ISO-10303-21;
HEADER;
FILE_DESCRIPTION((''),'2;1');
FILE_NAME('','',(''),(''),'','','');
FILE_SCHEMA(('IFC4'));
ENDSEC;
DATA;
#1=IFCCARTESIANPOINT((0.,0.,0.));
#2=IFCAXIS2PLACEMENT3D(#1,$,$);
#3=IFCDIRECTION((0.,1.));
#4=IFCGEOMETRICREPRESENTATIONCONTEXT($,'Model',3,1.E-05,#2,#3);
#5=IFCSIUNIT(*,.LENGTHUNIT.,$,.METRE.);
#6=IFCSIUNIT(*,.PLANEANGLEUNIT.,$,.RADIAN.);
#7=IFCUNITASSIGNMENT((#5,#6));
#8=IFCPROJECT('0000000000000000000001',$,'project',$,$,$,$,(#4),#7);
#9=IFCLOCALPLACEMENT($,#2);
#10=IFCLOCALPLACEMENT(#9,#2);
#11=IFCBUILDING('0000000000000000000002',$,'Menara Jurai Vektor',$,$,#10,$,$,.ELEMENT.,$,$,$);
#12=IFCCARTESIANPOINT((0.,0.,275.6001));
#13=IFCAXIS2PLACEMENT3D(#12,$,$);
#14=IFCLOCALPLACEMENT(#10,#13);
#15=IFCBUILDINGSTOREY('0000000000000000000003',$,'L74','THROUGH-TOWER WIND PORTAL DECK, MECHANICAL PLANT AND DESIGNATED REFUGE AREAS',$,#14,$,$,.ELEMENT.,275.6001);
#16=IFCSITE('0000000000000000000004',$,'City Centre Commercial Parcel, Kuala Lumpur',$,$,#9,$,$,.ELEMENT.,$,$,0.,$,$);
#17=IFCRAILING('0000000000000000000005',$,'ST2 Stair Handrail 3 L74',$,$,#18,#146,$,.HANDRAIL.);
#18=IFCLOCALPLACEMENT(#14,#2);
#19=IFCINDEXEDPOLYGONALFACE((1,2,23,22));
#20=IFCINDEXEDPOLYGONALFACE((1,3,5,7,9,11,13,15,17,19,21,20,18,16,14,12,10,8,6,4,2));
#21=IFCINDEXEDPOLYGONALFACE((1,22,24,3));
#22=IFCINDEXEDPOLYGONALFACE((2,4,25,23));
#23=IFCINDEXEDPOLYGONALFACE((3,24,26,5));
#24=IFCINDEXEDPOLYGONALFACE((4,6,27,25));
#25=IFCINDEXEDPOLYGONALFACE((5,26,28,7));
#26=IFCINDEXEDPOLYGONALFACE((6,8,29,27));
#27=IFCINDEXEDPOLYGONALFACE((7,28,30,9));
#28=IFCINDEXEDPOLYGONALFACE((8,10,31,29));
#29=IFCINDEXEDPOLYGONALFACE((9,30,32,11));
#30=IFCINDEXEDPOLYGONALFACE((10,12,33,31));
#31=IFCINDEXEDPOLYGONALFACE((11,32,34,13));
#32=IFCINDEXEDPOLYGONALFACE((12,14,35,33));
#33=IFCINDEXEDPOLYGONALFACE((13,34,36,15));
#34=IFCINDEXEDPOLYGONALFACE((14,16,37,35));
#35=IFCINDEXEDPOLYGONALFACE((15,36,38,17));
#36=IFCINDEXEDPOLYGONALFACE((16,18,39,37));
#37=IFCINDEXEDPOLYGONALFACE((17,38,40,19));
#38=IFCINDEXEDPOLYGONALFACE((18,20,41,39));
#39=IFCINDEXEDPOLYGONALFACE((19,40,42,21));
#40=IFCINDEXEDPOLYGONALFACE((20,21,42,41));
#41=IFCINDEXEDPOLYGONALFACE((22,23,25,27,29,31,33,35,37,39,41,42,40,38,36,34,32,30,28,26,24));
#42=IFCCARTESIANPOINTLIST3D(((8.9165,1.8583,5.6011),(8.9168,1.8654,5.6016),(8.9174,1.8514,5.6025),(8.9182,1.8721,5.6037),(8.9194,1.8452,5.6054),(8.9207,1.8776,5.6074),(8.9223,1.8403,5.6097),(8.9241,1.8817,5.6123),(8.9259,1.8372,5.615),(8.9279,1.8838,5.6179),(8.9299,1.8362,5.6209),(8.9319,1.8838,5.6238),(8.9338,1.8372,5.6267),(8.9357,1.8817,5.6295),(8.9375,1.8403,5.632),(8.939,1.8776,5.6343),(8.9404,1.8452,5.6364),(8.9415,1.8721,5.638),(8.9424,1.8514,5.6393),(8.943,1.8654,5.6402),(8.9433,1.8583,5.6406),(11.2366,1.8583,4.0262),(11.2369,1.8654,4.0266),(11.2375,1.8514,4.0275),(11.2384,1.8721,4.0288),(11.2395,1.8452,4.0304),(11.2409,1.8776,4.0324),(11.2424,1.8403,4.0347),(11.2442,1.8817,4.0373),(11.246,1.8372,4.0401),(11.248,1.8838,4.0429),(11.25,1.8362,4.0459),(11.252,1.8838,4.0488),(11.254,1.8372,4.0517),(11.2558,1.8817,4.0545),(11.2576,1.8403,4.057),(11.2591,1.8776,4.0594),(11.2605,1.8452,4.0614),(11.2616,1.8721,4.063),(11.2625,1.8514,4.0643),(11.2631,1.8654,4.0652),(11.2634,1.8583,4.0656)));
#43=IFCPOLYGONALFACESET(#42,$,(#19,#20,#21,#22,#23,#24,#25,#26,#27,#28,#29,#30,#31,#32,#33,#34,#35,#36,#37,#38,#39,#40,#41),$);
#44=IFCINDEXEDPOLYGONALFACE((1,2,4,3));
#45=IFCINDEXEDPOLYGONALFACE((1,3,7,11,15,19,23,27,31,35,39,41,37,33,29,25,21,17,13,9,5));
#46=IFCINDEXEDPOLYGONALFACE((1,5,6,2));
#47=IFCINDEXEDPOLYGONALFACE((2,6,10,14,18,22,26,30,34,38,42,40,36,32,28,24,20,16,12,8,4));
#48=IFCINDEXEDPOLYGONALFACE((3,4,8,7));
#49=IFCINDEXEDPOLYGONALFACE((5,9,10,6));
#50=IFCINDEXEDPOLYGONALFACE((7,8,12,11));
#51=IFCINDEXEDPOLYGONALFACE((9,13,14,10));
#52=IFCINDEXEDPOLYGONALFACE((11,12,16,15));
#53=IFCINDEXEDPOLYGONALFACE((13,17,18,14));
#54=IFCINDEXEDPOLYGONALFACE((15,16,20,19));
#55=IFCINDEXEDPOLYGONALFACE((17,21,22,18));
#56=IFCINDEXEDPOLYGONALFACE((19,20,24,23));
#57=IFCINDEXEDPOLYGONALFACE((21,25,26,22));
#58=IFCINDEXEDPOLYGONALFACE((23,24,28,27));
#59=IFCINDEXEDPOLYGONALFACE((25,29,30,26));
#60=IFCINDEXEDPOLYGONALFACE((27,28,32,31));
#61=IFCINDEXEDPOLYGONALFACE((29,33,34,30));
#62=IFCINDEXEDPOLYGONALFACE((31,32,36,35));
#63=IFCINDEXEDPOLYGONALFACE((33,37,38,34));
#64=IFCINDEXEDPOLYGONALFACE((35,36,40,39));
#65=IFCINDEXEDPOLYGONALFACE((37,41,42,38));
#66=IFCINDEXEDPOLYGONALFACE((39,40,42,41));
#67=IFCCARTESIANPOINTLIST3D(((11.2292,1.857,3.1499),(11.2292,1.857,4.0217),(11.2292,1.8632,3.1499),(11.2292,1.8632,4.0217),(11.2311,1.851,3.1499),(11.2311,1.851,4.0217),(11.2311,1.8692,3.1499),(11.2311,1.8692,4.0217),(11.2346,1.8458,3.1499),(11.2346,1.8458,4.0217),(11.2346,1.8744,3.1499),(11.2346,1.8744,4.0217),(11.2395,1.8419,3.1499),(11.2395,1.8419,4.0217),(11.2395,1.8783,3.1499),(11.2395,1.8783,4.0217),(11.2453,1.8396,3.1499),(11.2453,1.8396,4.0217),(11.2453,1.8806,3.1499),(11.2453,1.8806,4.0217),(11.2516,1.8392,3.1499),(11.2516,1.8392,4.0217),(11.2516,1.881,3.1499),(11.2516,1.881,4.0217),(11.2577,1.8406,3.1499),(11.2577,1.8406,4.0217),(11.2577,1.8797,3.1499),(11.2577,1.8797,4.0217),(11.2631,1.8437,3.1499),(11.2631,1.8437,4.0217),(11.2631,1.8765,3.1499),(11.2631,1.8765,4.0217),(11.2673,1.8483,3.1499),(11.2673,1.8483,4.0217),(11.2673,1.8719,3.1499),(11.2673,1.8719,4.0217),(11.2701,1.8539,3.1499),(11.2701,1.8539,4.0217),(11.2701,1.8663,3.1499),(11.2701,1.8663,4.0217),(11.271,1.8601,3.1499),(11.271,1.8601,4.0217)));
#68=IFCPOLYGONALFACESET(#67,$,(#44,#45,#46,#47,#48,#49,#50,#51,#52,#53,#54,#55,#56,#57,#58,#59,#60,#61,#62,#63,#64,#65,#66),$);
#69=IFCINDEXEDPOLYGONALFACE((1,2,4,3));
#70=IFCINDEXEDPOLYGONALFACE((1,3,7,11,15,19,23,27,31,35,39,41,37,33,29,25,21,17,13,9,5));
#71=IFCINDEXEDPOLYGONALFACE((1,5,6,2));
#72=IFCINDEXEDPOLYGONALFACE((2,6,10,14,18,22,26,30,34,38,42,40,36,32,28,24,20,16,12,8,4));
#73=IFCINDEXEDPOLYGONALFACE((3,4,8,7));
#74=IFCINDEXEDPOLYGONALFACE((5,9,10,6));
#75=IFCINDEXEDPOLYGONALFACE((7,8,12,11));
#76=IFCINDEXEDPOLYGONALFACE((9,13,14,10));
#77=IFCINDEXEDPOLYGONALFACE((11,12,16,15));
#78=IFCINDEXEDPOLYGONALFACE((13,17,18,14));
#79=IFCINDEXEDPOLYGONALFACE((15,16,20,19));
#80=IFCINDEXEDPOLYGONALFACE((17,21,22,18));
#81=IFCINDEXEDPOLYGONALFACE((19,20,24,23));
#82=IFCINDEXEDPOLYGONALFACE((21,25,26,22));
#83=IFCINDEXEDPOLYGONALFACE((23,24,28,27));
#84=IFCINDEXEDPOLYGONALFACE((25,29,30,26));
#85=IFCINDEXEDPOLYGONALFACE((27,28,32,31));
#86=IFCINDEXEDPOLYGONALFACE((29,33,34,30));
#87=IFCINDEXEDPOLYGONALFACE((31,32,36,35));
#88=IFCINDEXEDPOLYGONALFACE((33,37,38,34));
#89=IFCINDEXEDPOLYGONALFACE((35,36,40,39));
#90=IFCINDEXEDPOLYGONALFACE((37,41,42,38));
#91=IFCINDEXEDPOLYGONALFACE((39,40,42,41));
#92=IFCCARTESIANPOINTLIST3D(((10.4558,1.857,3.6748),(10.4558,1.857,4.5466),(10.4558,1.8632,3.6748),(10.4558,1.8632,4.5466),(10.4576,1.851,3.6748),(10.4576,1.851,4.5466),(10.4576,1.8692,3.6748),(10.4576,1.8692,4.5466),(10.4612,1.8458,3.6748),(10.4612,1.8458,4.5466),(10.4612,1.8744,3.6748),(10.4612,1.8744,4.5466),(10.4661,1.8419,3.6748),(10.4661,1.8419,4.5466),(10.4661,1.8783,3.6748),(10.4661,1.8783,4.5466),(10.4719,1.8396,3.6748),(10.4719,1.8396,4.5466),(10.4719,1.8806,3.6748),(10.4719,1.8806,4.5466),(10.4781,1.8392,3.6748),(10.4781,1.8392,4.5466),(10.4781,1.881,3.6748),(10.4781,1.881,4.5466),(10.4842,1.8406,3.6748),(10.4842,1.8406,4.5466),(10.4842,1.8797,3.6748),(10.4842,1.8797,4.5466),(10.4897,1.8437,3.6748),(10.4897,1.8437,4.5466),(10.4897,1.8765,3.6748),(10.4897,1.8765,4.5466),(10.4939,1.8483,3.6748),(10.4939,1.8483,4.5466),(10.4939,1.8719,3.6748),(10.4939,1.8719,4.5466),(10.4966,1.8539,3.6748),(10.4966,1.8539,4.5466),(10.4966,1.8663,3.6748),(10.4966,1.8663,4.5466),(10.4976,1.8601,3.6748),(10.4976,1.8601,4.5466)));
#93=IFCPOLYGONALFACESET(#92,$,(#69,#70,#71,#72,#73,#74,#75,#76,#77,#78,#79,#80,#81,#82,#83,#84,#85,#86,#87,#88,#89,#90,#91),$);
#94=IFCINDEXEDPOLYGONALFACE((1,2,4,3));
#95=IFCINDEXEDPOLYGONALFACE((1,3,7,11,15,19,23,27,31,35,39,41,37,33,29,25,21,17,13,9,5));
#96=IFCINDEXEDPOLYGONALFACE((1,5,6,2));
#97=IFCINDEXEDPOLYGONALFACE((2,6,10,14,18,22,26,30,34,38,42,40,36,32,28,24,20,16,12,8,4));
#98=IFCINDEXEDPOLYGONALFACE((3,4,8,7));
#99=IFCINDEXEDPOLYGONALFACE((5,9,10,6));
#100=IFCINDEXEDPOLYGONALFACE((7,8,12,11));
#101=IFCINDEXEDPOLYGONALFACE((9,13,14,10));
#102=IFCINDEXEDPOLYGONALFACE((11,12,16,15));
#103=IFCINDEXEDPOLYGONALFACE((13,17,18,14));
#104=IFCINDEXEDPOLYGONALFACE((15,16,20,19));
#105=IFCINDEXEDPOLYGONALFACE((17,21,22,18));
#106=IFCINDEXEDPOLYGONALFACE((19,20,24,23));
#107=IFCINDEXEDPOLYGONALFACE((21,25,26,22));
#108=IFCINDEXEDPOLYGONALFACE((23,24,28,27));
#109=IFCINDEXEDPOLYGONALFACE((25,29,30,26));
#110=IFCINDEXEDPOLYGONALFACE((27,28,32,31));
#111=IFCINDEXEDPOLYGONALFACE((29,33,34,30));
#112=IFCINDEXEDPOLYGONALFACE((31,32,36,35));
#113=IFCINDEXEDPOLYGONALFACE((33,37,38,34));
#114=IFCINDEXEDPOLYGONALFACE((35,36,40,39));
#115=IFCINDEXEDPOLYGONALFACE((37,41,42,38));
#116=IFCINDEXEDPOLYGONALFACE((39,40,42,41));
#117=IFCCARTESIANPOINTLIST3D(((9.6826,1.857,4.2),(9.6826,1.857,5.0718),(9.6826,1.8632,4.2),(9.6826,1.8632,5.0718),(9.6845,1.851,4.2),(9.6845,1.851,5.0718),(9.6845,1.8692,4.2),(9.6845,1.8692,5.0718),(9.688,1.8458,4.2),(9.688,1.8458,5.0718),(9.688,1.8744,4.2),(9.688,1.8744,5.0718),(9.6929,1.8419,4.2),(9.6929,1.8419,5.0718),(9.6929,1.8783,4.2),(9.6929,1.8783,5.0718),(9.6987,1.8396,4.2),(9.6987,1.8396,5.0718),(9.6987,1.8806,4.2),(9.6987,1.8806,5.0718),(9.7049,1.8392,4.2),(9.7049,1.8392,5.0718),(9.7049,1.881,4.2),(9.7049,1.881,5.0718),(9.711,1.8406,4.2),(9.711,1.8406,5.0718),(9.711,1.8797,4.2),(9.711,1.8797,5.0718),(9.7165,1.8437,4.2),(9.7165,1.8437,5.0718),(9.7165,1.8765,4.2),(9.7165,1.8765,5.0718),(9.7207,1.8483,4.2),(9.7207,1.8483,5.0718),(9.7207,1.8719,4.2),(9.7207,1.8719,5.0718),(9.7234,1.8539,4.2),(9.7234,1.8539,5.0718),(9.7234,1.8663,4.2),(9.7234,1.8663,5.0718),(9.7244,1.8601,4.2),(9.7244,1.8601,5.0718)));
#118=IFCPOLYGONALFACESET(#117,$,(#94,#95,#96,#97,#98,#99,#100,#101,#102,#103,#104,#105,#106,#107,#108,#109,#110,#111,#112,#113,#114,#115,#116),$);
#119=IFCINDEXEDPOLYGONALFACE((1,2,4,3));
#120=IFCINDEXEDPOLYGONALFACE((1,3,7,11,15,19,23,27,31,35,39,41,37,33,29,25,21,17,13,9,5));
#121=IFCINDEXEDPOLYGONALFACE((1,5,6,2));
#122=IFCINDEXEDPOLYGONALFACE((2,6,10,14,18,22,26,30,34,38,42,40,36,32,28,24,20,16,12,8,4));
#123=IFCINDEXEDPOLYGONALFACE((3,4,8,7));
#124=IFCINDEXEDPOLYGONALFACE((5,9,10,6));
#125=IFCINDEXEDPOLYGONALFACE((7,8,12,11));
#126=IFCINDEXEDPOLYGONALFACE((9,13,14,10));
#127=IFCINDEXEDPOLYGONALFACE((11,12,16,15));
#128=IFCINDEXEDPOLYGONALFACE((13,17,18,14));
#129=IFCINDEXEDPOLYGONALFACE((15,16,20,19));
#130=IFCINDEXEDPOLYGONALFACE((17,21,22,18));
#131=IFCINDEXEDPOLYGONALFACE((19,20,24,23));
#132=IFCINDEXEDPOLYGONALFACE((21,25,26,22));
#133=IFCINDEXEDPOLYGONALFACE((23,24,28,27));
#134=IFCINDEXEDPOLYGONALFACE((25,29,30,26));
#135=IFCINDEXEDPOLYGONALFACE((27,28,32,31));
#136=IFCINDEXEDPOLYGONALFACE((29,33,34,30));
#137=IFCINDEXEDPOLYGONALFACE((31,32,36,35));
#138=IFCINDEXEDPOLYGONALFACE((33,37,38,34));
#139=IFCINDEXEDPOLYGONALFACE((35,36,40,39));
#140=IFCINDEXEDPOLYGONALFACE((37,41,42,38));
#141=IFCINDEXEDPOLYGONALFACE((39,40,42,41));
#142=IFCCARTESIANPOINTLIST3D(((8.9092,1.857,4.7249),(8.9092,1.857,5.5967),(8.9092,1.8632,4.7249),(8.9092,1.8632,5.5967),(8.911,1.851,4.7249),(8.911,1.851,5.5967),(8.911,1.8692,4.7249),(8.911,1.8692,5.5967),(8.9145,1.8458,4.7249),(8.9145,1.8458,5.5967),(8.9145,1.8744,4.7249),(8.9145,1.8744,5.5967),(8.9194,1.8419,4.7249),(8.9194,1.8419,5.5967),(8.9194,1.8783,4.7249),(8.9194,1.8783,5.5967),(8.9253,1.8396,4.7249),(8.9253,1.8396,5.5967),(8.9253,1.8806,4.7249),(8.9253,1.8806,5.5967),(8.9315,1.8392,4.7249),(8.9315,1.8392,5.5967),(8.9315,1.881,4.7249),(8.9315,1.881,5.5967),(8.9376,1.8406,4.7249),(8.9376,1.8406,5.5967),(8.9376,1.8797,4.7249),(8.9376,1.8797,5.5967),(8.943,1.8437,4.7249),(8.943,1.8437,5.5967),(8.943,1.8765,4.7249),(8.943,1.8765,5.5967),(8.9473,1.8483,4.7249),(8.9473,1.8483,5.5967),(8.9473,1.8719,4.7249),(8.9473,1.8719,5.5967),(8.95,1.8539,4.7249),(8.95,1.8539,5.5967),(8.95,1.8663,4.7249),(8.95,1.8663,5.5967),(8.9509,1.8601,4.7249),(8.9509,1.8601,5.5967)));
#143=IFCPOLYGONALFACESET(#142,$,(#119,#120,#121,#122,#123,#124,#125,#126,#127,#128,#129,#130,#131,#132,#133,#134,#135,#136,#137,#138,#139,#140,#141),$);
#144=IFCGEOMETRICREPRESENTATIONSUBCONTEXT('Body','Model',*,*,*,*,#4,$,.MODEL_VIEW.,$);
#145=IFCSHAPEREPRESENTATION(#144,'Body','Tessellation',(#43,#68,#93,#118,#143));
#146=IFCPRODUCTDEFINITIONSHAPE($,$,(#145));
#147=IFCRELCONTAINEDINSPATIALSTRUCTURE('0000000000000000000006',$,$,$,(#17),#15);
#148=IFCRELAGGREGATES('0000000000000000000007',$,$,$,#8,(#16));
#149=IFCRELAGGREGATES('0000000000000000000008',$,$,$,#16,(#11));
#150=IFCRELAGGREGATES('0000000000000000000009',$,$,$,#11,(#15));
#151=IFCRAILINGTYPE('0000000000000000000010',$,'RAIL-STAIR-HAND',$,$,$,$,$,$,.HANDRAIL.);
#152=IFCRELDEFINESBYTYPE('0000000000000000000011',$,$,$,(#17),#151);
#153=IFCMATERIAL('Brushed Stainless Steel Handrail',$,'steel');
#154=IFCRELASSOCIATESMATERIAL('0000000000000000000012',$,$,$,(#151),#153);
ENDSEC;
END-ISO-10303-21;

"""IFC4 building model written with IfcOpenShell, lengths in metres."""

from ifc_helpers import new_model, si_unit, direction, frame, origin, origin_2d, place, context, subcontext, project, spatial, circle, extrude, material, type_object, element, save


model = new_model("IFC4")

# Units and contexts
model_context = context("Model", 3, precision=1e-05, world=origin(), true_north=direction((0.0, 1.0)))
body_context = subcontext(model_context, "Body", "Model", "MODEL_VIEW")
ifc_project = project(units=[si_unit("LENGTHUNIT", "METRE"), si_unit("PLANEANGLEUNIT", "RADIAN")], contexts=[model_context])

# Site, building, storey
site_placement = place(None, origin())
site = spatial("IfcSite", under=ifc_project, at=site_placement, Name="City Centre Commercial Parcel, Kuala Lumpur", CompositionType="ELEMENT", RefElevation=0.0)
building_placement = place(site_placement, origin())
building = spatial("IfcBuilding", under=site, at=building_placement, Name="Menara Jurai Vektor", CompositionType="ELEMENT")
storey_placement = place(building_placement, frame((0.0, 0.0, 275.6001)))
storey = spatial("IfcBuildingStorey", under=building, at=storey_placement, Name="L74", Description="THROUGH-TOWER WIND PORTAL DECK, MECHANICAL PLANT AND DESIGNATED REFUGE AREAS", CompositionType="ELEMENT", Elevation=275.6001)

# Railing
ifc_material_1 = material(Name="Brushed Stainless Steel Handrail", Category="steel")
railing_type_1 = type_object("IfcRailingType", Name="RAIL-STAIR-HAND", PredefinedType="HANDRAIL", material=ifc_material_1)
for number, where, name in (
    (1, (11.25, 1.8601, 3.1499), "ST2 Stair Handrail 3 L74"),
):
    element("IfcRailing", number, at=place(storey_placement, frame(where)), inside=storey, type_object=railing_type_1, Name=name, PredefinedType="HANDRAIL", context=body_context, shape_type="SweptSolid", body=[
        extrude(circle(Radius=0.0239, at=origin_2d()), frame((0.0, 0.0, 0.896), z_axis=(-0.827373, 0.0, 0.561653), x_axis=(0.0, -1.0, 0.0)), (0.0, 0.0, 1.0), 2.8042),
        extrude(circle(Radius=0.021, at=origin_2d()), origin(), (0.0, 0.0, 1.0), 0.8718),
        extrude(circle(Radius=0.021, at=origin_2d()), frame((-0.7734, 0.0, 0.5249)), (0.0, 0.0, 1.0), 0.8718),
        extrude(circle(Radius=0.021, at=origin_2d()), frame((-1.5466, 0.0, 1.05)), (0.0, 0.0, 1.0), 0.8718),
        extrude(circle(Radius=0.021, at=origin_2d()), frame((-2.3201, 0.0, 1.575)), (0.0, 0.0, 1.0), 0.8718),
    ])

save(model, "model.ifc")
